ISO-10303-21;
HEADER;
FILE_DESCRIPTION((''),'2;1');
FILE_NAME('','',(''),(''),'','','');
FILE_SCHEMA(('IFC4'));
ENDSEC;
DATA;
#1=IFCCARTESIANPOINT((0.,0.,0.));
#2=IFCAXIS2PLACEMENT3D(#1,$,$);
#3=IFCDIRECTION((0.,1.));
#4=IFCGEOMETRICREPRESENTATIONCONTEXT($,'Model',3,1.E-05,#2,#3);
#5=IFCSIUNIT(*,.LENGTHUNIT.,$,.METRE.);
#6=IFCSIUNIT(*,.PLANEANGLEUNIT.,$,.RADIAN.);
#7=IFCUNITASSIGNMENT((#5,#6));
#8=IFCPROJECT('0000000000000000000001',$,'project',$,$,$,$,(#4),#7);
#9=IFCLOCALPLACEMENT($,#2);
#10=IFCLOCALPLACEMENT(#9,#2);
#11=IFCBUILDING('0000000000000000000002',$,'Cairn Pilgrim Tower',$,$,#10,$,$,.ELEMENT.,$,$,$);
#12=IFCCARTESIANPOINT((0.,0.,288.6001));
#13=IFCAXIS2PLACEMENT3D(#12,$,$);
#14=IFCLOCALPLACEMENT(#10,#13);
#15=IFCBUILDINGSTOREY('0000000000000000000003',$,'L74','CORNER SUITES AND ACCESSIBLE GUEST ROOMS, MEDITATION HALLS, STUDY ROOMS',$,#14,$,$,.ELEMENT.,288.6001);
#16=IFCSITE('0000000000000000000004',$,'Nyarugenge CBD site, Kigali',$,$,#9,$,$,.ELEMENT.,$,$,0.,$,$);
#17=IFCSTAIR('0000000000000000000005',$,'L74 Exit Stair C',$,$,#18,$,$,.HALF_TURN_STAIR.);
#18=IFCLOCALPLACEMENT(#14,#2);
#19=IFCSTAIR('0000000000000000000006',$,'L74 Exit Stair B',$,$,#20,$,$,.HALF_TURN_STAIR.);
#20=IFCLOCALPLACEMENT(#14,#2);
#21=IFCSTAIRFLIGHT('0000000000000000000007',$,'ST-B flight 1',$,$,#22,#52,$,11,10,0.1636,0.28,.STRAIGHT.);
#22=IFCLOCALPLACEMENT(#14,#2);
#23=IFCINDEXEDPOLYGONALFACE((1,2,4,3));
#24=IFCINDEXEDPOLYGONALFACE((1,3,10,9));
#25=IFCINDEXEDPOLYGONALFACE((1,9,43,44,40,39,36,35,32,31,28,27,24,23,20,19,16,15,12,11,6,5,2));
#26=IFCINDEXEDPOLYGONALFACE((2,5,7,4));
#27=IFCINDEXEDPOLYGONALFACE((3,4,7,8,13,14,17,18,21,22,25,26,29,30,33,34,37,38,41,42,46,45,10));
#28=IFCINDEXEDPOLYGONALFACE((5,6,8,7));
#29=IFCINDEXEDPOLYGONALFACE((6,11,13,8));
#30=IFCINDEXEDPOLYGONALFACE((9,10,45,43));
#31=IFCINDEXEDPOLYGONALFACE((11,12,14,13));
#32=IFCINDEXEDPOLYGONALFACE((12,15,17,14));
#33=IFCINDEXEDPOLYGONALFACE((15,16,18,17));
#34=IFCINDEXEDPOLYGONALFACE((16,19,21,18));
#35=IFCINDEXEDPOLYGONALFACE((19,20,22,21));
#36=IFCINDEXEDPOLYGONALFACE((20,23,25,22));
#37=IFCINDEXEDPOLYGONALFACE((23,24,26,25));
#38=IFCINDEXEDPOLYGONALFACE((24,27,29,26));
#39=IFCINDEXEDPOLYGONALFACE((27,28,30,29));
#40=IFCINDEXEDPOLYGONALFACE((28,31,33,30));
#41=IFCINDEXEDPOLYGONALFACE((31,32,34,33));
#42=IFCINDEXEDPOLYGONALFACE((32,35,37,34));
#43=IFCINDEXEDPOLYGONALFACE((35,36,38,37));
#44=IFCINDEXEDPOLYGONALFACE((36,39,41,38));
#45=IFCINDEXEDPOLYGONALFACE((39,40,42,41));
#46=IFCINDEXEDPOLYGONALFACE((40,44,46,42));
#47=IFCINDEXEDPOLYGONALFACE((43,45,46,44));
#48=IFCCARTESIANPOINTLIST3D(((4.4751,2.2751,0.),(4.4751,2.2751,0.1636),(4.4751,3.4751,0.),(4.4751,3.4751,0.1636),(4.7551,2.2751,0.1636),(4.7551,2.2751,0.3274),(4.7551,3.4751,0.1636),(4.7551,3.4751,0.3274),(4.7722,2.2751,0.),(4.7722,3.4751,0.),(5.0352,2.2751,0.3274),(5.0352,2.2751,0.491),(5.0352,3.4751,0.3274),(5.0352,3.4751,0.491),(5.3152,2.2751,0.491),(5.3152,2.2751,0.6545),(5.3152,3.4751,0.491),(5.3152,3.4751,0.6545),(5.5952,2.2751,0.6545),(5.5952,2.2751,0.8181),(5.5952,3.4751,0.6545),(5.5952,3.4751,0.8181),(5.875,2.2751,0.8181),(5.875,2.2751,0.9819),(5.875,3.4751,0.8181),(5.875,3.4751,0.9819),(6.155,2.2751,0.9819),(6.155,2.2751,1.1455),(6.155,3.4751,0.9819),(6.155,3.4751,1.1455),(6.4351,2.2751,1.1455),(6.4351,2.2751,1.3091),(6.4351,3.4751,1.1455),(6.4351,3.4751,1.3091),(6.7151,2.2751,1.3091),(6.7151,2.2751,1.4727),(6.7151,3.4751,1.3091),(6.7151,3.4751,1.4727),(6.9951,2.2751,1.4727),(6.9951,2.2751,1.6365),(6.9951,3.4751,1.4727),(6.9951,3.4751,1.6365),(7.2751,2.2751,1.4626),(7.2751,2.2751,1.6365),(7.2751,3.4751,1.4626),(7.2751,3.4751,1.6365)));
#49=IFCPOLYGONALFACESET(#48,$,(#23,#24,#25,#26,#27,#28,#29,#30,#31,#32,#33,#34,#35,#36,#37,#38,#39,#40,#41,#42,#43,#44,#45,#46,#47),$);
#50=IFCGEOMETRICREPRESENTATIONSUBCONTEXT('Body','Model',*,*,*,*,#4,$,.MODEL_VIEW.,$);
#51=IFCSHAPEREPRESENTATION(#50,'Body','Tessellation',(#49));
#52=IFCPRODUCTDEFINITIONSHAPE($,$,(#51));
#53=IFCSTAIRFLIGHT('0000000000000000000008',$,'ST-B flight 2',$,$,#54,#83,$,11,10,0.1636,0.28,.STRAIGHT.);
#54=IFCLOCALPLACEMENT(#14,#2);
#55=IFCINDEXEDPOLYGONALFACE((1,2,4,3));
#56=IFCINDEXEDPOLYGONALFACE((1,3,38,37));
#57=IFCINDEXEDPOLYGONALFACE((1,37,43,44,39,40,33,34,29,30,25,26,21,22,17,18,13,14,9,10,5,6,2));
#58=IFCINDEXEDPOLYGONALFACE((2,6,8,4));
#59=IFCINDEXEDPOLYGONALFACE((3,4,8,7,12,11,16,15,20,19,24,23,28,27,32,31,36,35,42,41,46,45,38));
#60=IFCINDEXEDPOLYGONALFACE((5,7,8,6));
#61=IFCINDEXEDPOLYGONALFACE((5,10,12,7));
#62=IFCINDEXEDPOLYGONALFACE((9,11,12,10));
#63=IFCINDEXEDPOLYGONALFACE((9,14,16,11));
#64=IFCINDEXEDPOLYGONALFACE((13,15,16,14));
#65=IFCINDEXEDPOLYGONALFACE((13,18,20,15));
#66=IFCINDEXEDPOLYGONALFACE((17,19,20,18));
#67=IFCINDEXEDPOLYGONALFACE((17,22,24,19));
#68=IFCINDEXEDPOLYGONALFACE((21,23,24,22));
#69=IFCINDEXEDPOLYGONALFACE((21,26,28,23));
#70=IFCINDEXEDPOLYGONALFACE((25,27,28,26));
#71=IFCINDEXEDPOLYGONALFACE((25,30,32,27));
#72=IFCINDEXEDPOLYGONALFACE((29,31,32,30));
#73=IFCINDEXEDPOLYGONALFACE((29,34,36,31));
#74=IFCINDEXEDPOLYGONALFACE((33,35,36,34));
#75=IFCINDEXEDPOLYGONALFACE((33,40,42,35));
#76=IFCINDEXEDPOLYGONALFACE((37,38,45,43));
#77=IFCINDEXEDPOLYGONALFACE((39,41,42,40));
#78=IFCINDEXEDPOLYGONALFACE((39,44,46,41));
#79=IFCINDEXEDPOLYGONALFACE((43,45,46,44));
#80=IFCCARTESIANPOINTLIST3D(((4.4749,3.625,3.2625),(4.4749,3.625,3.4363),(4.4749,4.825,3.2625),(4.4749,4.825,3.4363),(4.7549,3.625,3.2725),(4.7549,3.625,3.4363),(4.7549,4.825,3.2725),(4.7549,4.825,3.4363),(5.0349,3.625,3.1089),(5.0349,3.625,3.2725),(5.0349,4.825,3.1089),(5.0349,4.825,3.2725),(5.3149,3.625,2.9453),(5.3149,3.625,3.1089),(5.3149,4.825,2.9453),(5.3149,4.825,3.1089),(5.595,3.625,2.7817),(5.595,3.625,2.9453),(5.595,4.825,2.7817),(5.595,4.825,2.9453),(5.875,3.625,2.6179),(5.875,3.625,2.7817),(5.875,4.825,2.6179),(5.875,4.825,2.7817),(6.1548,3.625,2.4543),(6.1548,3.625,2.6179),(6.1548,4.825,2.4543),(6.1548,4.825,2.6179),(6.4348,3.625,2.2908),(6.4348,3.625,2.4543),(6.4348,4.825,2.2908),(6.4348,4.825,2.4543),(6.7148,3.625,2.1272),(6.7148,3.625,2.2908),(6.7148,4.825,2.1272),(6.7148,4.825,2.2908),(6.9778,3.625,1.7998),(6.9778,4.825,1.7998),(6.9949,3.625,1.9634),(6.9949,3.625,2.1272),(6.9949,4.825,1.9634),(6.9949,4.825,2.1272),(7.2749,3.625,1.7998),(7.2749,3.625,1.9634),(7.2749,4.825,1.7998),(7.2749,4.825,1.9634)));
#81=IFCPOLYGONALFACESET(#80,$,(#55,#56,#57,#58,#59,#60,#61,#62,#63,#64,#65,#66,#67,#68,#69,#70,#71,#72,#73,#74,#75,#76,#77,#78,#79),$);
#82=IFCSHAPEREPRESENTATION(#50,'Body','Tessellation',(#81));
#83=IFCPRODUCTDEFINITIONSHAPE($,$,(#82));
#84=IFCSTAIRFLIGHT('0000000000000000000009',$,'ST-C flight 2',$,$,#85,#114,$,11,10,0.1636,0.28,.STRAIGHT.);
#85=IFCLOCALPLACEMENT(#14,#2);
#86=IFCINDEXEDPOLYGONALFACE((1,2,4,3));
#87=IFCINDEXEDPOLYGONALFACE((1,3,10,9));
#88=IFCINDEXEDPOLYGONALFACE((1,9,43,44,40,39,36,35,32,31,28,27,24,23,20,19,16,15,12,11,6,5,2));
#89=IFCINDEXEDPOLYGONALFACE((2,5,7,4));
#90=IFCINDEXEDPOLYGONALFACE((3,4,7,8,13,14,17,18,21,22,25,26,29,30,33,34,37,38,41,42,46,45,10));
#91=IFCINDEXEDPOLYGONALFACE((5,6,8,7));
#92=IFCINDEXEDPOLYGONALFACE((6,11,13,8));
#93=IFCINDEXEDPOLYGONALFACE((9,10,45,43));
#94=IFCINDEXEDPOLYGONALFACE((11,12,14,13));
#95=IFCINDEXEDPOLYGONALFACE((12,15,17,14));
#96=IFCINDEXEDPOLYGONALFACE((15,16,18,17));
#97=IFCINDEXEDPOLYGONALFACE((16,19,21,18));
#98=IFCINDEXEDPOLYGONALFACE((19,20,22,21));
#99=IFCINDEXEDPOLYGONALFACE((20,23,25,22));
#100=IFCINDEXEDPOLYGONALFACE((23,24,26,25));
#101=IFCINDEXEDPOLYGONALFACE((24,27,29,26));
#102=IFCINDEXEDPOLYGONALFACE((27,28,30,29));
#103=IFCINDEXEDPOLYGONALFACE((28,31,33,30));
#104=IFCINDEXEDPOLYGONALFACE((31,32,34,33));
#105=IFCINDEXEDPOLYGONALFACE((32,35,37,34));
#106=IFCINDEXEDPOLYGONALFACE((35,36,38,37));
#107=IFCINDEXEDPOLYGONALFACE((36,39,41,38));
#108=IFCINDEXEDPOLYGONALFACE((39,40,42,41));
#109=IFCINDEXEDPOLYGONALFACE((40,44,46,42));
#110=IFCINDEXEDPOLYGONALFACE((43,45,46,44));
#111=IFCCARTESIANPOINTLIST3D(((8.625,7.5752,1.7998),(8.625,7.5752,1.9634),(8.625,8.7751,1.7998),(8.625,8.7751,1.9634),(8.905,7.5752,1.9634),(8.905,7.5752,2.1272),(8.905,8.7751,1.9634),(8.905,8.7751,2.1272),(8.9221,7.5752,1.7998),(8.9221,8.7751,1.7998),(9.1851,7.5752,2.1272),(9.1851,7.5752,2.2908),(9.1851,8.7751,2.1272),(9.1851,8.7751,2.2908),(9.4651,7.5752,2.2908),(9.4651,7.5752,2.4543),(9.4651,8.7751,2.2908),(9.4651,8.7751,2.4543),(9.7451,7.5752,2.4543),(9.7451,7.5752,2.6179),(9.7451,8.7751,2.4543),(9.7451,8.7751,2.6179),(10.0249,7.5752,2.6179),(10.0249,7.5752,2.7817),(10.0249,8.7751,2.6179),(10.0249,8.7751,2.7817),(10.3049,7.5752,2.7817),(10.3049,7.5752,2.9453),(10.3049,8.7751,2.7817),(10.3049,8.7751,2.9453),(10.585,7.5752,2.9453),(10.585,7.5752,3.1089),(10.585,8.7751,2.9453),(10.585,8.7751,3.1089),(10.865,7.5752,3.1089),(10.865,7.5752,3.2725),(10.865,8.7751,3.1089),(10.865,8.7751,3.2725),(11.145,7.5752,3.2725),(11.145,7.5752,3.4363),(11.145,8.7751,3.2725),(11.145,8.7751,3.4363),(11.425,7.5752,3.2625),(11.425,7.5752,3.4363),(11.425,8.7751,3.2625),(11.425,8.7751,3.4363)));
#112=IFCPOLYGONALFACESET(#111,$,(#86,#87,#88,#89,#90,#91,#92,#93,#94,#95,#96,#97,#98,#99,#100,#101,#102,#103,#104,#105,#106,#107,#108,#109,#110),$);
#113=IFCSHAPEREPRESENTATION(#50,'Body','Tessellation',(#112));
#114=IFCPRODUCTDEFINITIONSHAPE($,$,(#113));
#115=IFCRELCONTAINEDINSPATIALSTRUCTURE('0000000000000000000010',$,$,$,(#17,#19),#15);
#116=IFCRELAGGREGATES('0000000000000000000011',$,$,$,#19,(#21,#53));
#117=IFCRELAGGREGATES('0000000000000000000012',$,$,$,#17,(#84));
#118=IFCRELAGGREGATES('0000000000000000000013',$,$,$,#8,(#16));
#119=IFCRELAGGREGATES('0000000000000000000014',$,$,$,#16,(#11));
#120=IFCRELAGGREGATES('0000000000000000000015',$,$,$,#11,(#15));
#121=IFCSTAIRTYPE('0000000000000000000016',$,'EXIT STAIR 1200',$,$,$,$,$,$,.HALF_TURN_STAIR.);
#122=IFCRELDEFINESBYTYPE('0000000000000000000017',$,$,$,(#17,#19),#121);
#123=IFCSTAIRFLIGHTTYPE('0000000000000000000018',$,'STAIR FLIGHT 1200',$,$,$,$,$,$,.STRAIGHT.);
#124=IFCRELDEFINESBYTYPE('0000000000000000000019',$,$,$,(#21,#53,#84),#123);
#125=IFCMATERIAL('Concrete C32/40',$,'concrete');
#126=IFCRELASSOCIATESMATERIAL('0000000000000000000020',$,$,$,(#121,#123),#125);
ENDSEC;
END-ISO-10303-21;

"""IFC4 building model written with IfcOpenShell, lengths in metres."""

from ifc_helpers import new_model, si_unit, direction, frame, origin, place, context, subcontext, project, spatial, polyline, outline, extrude, material, type_object, element, aggregate, save


model = new_model("IFC4")

# Units and contexts
model_context = context("Model", 3, precision=1e-05, world=origin(), true_north=direction((0.0, 1.0)))
body_context = subcontext(model_context, "Body", "Model", "MODEL_VIEW")
ifc_project = project(units=[si_unit("LENGTHUNIT", "METRE"), si_unit("PLANEANGLEUNIT", "RADIAN")], contexts=[model_context])

# Site, building, storey
site_placement = place(None, origin())
site = spatial("IfcSite", under=ifc_project, at=site_placement, Name="Nyarugenge CBD site, Kigali", CompositionType="ELEMENT", RefElevation=0.0)
building_placement = place(site_placement, origin())
building = spatial("IfcBuilding", under=site, at=building_placement, Name="Cairn Pilgrim Tower", CompositionType="ELEMENT")
storey_placement = place(building_placement, frame((0.0, 0.0, 288.6001)))
storey = spatial("IfcBuildingStorey", under=building, at=storey_placement, Name="L74", Description="CORNER SUITES AND ACCESSIBLE GUEST ROOMS, MEDITATION HALLS, STUDY ROOMS", CompositionType="ELEMENT", Elevation=288.6001)

# Stair
ifc_material_1 = material(Name="Concrete C32/40", Category="concrete")
stair_type = type_object("IfcStairType", Name="EXIT STAIR 1200", PredefinedType="HALF_TURN_STAIR", material=ifc_material_1)
stair_1_placement = place(storey_placement, origin())
stair_1 = element("IfcStair", 1, at=stair_1_placement, inside=storey, type_object=stair_type, Name="L74 Exit Stair C", PredefinedType="HALF_TURN_STAIR")

# Stair, stair flights
stair_2_placement = place(storey_placement, origin())
stair_2 = element("IfcStair", 2, at=stair_2_placement, inside=storey, type_object=stair_type, Name="L74 Exit Stair B", PredefinedType="HALF_TURN_STAIR")
stair_flight_type = type_object("IfcStairFlightType", Name="STAIR FLIGHT 1200", PredefinedType="STRAIGHT", material=ifc_material_1)
stair_flight_1_placement = place(storey_placement, frame((4.4751, 2.875, 0.0), z_axis=(0.0, 0.0, 1.0), x_axis=(1.0, 0.0, 0.0)))
stair_flight_1 = element("IfcStairFlight", 3, at=stair_flight_1_placement, type_object=stair_flight_type, Name="ST-B flight 1", NumberOfRisers=11, NumberOfTreads=10, PredefinedType="STRAIGHT", RiserHeight=0.1636, TreadLength=0.28, context=body_context, shape_type="SweptSolid", body=[
    extrude(outline(polyline([(0.0, 0.0), (0.0, 0.1636), (0.28, 0.1636), (0.28, 0.3274), (0.5601, 0.3274), (0.5601, 0.491), (0.8401, 0.491), (0.8401, 0.6545), (1.1201, 0.6545), (1.1201, 0.8181), (1.3999, 0.8181), (1.3999, 0.9819), (1.6799, 0.9819), (1.6799, 1.1455), (1.96, 1.1455), (1.96, 1.3091), (2.24, 1.3091), (2.24, 1.4727), (2.52, 1.4727), (2.52, 1.6365), (2.8, 1.6365), (2.8, 1.8), (2.8, 1.4626), (0.2971, 0.0), (0.0, 0.0)])), frame((0.0, 0.6001, 0.0), z_axis=(0.0, -1.0, 0.0), x_axis=(1.0, 0.0, 0.0)), (0.0, 0.0, 1.0), 1.2),
])
stair_flight_2_placement = place(storey_placement, frame((7.2749, 4.2251, 1.7998), z_axis=(0.0, 0.0, 1.0), x_axis=(-1.0, 0.0, 0.0)))
stair_flight_2 = element("IfcStairFlight", 4, at=stair_flight_2_placement, type_object=stair_flight_type, Name="ST-B flight 2", NumberOfRisers=11, NumberOfTreads=10, PredefinedType="STRAIGHT", RiserHeight=0.1636, TreadLength=0.28, context=body_context, shape_type="SweptSolid", body=[
    extrude(outline(polyline([(0.0, 0.0), (0.0, 0.1636), (0.28, 0.1636), (0.28, 0.3274), (0.5601, 0.3274), (0.5601, 0.491), (0.8401, 0.491), (0.8401, 0.6545), (1.1201, 0.6545), (1.1201, 0.8181), (1.3999, 0.8181), (1.3999, 0.9819), (1.6799, 0.9819), (1.6799, 1.1455), (1.96, 1.1455), (1.96, 1.3091), (2.24, 1.3091), (2.24, 1.4727), (2.52, 1.4727), (2.52, 1.6365), (2.8, 1.6365), (2.8, 1.8), (2.8, 1.4626), (0.2971, 0.0), (0.0, 0.0)])), frame((0.0, 0.6001, 0.0), z_axis=(0.0, -1.0, 0.0), x_axis=(1.0, 0.0, 0.0)), (0.0, 0.0, 1.0), 1.2),
])
aggregate(stair_2, [stair_flight_1, stair_flight_2])

# Stair flight
stair_flight_3_placement = place(storey_placement, frame((8.625, 8.175, 1.7998), z_axis=(0.0, 0.0, 1.0), x_axis=(1.0, 0.0, 0.0)))
stair_flight_3 = element("IfcStairFlight", 5, at=stair_flight_3_placement, type_object=stair_flight_type, Name="ST-C flight 2", NumberOfRisers=11, NumberOfTreads=10, PredefinedType="STRAIGHT", RiserHeight=0.1636, TreadLength=0.28, context=body_context, shape_type="SweptSolid", body=[
    extrude(outline(polyline([(0.0, 0.0), (0.0, 0.1636), (0.28, 0.1636), (0.28, 0.3274), (0.5601, 0.3274), (0.5601, 0.491), (0.8401, 0.491), (0.8401, 0.6545), (1.1201, 0.6545), (1.1201, 0.8181), (1.3999, 0.8181), (1.3999, 0.9819), (1.6799, 0.9819), (1.6799, 1.1455), (1.96, 1.1455), (1.96, 1.3091), (2.24, 1.3091), (2.24, 1.4727), (2.52, 1.4727), (2.52, 1.6365), (2.8, 1.6365), (2.8, 1.8), (2.8, 1.4626), (0.2971, 0.0), (0.0, 0.0)])), frame((0.0, 0.6001, 0.0), z_axis=(0.0, -1.0, 0.0), x_axis=(1.0, 0.0, 0.0)), (0.0, 0.0, 1.0), 1.2),
])
aggregate(stair_1, [stair_flight_3])

save(model, "model.ifc")
